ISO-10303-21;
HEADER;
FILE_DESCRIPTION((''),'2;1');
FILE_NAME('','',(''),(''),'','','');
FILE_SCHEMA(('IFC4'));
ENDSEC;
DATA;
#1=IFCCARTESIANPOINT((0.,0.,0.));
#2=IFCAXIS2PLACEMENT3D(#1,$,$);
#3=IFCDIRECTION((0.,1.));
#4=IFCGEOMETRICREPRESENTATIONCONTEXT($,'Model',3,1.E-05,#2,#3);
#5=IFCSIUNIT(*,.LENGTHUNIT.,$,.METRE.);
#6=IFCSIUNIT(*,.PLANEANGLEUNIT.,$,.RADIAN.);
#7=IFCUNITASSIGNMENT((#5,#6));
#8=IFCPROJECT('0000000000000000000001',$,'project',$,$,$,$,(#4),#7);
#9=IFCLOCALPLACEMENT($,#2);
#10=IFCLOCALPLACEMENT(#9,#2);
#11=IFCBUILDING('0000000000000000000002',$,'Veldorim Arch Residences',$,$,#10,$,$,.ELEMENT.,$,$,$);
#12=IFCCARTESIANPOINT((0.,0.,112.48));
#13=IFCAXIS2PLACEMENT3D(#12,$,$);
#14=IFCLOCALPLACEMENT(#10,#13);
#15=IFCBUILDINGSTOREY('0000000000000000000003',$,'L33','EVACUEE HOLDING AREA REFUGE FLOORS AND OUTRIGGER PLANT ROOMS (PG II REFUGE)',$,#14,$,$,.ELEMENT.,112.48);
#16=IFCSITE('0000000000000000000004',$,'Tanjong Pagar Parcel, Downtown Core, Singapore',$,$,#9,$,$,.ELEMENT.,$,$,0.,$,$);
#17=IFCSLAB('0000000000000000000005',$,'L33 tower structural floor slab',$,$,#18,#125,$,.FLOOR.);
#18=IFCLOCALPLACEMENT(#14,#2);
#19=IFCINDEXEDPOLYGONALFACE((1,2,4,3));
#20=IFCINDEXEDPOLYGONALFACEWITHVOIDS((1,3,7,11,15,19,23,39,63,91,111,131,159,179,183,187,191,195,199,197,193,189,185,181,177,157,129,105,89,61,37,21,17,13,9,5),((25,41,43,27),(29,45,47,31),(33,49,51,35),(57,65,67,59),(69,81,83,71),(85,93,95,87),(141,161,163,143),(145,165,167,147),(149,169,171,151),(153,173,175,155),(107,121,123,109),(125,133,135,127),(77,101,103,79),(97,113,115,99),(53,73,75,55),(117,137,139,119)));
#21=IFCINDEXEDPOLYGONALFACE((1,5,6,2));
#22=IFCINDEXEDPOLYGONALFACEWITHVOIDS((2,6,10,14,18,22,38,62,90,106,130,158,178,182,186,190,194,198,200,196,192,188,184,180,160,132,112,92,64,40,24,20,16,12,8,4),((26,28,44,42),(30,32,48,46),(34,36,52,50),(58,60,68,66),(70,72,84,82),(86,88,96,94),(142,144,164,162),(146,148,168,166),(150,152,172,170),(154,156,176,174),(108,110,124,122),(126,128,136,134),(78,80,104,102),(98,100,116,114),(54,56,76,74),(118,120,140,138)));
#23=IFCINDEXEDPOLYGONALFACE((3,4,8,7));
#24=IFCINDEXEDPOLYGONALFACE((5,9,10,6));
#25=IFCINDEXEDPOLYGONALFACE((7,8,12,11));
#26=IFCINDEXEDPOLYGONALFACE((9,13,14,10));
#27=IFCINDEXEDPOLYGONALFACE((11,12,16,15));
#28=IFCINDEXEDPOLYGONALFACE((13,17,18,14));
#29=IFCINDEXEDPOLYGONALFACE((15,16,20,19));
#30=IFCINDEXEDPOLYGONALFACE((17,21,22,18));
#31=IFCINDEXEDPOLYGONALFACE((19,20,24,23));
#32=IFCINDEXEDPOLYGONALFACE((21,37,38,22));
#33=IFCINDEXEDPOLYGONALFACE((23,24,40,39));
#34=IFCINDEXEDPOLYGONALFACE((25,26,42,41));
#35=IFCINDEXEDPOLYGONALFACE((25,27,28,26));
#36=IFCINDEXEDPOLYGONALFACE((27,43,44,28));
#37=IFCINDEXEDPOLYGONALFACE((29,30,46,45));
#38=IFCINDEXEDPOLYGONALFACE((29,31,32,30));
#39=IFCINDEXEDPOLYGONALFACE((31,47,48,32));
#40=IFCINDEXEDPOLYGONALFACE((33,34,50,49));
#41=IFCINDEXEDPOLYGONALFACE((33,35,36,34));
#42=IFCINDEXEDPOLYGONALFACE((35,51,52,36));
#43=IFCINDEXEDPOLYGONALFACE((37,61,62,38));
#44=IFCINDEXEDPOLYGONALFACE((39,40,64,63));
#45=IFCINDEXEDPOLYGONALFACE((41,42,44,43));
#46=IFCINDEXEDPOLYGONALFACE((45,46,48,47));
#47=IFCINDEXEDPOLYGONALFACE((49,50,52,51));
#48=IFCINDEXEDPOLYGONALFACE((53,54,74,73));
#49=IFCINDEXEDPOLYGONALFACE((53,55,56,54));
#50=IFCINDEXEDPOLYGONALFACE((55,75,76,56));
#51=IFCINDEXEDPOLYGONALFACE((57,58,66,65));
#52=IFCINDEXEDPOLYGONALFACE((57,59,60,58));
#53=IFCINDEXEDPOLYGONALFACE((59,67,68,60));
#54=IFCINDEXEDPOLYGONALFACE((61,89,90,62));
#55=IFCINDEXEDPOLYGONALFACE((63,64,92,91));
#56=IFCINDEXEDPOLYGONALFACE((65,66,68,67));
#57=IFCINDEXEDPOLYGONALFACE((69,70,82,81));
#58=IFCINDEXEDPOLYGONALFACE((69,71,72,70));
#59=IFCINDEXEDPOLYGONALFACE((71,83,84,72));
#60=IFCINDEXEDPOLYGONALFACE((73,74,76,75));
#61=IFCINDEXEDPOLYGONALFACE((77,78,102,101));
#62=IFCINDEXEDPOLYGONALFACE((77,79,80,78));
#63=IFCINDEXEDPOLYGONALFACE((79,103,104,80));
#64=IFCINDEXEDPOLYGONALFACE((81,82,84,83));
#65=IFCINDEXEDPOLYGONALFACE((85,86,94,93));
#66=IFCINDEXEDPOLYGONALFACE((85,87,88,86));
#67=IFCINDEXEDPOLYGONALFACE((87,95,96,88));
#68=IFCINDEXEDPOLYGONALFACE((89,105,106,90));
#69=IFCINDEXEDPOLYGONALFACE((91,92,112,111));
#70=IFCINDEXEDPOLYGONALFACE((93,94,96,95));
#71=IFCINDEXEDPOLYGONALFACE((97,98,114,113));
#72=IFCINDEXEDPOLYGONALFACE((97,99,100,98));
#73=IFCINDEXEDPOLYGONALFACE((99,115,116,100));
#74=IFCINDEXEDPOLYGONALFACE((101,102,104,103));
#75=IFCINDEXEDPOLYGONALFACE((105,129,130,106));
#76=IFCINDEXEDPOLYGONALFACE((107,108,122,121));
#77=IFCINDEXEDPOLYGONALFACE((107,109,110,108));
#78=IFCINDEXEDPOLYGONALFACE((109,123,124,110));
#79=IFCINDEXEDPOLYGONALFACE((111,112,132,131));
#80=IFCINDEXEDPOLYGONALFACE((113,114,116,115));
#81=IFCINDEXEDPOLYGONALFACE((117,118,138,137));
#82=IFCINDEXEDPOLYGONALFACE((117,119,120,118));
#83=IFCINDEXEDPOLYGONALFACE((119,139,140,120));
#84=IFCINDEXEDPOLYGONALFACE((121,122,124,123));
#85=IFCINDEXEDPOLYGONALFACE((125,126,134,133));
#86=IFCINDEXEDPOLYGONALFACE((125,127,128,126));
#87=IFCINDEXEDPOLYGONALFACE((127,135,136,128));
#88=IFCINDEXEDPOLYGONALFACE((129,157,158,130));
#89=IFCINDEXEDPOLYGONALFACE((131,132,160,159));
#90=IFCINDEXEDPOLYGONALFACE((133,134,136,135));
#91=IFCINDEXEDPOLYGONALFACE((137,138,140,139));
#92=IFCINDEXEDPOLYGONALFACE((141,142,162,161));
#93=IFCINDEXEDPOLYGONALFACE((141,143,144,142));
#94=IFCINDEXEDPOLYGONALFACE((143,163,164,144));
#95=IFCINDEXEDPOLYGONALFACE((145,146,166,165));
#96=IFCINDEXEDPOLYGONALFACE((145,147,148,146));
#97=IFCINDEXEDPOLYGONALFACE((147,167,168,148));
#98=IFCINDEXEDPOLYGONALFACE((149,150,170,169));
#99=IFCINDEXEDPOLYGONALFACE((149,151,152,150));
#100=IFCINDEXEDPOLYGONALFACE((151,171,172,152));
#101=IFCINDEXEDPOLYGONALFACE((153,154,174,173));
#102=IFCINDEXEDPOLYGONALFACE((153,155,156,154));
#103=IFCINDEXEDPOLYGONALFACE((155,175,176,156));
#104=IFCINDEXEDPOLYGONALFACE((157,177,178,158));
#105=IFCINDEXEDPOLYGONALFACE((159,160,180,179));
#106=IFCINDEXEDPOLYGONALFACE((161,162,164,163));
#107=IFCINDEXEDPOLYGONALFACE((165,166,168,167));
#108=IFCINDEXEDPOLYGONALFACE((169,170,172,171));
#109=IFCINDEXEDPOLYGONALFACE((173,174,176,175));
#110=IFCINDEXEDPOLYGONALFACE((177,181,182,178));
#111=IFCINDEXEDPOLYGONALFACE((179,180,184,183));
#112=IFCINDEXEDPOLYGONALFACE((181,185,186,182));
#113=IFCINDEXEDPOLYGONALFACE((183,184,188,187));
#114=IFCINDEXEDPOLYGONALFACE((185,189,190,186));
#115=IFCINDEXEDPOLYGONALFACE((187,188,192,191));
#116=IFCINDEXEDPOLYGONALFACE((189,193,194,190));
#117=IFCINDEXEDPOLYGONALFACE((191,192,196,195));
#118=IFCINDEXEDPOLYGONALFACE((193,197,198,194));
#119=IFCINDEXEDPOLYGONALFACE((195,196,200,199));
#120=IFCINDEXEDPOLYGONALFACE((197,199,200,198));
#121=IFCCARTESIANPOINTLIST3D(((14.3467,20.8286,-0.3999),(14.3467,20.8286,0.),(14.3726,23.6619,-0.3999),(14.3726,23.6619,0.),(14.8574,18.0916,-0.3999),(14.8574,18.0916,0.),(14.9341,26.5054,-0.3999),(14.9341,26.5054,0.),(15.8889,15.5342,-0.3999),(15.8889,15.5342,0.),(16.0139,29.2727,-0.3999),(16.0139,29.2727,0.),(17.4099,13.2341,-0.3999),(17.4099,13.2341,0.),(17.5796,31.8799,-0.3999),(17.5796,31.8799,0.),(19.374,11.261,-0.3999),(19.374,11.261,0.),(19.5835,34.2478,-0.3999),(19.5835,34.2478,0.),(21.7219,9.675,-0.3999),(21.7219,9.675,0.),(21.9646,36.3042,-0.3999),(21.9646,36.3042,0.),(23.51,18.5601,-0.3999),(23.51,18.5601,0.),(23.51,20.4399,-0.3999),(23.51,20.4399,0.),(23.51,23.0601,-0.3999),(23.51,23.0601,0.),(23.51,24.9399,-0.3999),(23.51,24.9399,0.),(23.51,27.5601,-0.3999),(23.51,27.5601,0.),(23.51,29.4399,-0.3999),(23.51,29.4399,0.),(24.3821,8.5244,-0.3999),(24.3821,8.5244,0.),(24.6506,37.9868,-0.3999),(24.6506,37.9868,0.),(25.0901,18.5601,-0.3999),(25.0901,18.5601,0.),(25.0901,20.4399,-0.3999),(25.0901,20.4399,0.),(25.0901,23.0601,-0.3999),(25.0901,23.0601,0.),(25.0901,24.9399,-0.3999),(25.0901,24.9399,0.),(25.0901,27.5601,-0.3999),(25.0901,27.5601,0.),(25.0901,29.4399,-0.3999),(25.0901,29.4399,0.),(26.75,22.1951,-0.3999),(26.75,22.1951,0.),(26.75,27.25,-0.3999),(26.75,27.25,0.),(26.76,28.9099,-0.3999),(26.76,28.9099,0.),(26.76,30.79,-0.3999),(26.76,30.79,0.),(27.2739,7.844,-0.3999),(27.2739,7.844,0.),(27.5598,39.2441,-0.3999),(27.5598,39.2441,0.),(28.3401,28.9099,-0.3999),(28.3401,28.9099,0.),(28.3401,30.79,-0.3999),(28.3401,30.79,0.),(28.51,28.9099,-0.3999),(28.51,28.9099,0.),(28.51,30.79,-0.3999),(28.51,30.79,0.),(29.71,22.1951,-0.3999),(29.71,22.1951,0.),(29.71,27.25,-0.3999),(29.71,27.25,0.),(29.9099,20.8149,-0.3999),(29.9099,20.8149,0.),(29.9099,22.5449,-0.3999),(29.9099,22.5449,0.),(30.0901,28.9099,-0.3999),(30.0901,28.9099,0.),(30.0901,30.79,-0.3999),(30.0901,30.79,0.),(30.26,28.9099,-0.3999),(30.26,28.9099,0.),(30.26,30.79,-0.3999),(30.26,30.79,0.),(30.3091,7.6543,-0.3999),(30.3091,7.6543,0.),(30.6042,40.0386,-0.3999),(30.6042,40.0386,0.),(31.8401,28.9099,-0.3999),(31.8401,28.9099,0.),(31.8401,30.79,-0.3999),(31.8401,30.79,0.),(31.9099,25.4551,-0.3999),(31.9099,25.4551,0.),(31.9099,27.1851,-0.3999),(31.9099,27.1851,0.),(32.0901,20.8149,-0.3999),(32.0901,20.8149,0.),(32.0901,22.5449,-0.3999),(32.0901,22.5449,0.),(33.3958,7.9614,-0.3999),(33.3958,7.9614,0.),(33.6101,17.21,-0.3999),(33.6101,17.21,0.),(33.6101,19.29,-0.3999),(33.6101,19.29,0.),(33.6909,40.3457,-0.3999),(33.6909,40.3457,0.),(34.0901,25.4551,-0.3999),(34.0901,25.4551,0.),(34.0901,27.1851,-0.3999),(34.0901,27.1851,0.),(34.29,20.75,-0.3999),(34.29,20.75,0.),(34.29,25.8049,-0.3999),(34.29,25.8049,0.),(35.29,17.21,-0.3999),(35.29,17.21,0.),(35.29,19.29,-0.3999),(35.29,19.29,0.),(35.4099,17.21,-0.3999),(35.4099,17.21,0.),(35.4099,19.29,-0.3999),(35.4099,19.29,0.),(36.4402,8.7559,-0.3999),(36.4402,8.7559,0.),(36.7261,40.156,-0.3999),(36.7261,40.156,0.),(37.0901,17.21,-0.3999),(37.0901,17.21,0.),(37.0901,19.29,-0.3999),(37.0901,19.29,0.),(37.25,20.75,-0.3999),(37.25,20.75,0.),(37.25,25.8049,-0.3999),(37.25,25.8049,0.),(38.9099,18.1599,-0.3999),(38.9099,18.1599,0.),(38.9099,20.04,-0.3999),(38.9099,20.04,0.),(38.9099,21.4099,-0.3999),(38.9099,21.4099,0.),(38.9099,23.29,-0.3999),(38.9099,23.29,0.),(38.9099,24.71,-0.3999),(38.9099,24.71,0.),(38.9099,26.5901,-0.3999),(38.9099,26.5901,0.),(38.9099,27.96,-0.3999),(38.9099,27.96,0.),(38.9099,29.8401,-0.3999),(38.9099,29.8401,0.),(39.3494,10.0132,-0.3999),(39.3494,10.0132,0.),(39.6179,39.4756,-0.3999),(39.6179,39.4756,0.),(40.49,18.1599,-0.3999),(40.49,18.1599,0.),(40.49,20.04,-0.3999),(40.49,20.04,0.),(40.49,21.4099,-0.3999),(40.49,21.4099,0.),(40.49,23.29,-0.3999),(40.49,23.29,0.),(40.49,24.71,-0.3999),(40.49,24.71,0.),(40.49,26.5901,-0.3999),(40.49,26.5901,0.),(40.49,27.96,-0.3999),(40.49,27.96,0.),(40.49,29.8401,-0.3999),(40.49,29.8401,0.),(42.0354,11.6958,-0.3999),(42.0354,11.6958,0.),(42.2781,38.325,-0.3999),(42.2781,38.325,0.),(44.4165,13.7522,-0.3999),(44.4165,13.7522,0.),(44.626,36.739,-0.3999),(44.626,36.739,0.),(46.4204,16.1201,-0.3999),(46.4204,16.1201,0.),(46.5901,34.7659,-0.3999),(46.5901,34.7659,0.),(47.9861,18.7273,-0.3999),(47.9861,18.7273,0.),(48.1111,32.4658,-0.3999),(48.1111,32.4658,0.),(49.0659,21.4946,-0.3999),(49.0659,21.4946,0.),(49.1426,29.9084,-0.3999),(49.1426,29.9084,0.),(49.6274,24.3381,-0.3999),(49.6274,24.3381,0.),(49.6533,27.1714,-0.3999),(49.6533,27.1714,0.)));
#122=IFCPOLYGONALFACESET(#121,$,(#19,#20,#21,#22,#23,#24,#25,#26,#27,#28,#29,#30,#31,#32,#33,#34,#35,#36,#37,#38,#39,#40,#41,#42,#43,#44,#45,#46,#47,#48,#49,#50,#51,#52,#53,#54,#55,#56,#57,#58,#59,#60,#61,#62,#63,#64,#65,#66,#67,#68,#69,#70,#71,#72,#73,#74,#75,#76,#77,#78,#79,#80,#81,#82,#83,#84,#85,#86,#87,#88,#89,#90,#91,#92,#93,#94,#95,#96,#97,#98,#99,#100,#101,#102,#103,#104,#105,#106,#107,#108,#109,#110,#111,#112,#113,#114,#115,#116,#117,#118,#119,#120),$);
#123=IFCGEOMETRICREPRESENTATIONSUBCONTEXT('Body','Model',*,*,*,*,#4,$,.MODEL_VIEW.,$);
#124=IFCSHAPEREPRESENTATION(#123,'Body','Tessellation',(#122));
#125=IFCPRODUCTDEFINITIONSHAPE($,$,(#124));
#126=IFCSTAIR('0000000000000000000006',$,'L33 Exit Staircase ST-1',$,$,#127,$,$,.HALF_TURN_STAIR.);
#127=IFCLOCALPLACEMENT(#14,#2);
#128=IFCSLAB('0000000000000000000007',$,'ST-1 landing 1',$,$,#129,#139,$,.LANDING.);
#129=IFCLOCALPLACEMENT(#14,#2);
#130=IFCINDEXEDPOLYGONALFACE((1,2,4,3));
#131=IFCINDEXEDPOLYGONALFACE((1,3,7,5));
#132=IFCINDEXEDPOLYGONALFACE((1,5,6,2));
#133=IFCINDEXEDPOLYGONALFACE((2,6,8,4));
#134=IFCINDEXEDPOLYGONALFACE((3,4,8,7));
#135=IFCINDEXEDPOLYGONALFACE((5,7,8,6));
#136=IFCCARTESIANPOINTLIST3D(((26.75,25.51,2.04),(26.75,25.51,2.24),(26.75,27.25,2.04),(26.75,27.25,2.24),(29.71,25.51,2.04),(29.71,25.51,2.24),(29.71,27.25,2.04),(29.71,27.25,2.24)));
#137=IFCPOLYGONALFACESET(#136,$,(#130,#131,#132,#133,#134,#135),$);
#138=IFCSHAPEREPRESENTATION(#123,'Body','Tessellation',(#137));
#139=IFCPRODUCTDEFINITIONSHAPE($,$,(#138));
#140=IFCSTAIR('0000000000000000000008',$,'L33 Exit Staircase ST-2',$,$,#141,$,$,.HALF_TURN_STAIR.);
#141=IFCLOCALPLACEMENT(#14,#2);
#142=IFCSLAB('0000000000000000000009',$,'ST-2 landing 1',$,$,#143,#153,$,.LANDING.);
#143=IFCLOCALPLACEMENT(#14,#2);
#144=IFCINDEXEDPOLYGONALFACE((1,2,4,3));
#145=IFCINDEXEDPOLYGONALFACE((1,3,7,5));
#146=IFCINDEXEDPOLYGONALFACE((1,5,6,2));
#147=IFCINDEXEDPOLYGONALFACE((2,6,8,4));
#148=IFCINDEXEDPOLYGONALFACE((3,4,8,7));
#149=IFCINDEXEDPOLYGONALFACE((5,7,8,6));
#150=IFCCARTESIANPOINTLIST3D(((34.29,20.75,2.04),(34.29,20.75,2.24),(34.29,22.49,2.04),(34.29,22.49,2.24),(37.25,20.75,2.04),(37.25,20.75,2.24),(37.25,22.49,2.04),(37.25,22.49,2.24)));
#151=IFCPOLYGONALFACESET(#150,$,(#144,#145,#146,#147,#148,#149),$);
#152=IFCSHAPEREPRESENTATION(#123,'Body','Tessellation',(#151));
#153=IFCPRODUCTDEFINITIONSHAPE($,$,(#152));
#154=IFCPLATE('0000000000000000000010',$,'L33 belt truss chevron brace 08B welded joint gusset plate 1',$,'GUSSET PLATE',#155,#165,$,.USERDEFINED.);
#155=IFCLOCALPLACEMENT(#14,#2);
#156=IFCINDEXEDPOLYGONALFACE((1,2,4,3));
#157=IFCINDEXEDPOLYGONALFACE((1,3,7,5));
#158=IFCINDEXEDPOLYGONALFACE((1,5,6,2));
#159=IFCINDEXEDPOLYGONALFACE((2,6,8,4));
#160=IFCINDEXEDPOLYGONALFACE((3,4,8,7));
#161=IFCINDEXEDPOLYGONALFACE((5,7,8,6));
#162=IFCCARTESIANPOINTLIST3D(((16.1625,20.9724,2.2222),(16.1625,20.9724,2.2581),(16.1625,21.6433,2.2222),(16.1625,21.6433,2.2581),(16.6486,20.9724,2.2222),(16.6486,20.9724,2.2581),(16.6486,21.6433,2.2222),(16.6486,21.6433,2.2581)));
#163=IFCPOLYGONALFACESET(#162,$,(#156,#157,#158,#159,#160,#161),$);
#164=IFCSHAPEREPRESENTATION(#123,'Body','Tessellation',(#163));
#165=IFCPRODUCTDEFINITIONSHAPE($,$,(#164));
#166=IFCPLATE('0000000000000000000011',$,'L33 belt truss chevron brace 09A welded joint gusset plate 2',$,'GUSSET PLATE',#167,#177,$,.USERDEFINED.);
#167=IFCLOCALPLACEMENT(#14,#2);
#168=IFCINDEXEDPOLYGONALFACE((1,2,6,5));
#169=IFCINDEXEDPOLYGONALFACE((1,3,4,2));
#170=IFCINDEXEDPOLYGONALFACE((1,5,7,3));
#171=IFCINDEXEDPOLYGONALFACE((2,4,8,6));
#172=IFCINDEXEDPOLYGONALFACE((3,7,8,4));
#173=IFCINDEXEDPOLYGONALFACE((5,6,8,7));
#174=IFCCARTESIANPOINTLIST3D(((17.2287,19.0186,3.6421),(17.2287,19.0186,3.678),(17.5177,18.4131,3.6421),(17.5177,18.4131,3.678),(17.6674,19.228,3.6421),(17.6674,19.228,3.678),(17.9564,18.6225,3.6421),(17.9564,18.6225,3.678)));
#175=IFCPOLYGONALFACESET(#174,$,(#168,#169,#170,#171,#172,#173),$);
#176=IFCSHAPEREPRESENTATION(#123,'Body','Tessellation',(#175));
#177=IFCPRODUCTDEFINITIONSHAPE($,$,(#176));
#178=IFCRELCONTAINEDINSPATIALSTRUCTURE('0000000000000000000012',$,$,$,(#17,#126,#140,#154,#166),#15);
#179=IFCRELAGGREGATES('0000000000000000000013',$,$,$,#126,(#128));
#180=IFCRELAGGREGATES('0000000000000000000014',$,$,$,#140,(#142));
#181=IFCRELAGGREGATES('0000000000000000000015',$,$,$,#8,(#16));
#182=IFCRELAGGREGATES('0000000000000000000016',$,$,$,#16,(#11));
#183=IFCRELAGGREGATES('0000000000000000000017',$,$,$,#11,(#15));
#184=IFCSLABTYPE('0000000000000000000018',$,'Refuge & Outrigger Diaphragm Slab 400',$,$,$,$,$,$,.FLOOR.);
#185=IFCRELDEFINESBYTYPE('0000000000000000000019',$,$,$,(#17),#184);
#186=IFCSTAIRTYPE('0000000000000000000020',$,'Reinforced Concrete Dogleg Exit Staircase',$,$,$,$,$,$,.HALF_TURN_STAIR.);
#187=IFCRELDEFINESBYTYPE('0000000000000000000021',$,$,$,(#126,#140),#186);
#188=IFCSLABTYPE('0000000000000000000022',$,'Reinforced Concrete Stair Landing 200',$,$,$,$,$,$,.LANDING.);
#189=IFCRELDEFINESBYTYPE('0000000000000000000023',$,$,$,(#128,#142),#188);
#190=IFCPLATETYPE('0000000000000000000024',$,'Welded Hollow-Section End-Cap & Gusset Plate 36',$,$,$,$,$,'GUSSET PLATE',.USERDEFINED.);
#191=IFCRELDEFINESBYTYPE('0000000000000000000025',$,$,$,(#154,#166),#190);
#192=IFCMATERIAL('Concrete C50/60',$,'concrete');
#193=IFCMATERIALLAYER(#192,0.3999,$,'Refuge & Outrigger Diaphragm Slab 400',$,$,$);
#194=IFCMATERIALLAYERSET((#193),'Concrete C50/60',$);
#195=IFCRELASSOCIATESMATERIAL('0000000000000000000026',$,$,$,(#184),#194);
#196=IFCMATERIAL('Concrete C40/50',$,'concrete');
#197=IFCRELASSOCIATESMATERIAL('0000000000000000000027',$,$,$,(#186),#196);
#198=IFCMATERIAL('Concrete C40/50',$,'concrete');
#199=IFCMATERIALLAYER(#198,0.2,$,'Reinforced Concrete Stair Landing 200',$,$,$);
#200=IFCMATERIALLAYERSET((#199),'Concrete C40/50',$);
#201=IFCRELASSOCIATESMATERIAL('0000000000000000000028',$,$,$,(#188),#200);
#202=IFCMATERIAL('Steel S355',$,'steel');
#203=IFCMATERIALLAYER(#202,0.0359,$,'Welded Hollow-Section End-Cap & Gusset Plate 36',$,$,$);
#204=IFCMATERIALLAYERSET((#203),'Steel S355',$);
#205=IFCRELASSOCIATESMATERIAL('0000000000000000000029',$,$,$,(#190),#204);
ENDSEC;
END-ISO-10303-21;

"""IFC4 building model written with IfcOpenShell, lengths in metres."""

from ifc_helpers import new_model, si_unit, direction, frame, origin, origin_2d, place, context, subcontext, project, spatial, polyline, rectangle, outline, extrude, material, layer, layer_set, type_object, element, aggregate, save


model = new_model("IFC4")

# Units and contexts
model_context = context("Model", 3, precision=1e-05, world=origin(), true_north=direction((0.0, 1.0)))
body_context = subcontext(model_context, "Body", "Model", "MODEL_VIEW")
ifc_project = project(units=[si_unit("LENGTHUNIT", "METRE"), si_unit("PLANEANGLEUNIT", "RADIAN")], contexts=[model_context])

# Site, building, storey
site_placement = place(None, origin())
site = spatial("IfcSite", under=ifc_project, at=site_placement, Name="Tanjong Pagar Parcel, Downtown Core, Singapore", CompositionType="ELEMENT", RefElevation=0.0)
building_placement = place(site_placement, origin())
building = spatial("IfcBuilding", under=site, at=building_placement, Name="Veldorim Arch Residences", CompositionType="ELEMENT")
storey_placement = place(building_placement, frame((0.0, 0.0, 112.48)))
storey = spatial("IfcBuildingStorey", under=building, at=storey_placement, Name="L33", Description="EVACUEE HOLDING AREA REFUGE FLOORS AND OUTRIGGER PLANT ROOMS (PG II REFUGE)", CompositionType="ELEMENT", Elevation=112.48)

# Slab
ifc_material_1 = material(Name="Concrete C50/60", Category="concrete")
ifc_layer_1 = layer(ifc_material_1, 0.3999, Name="Refuge & Outrigger Diaphragm Slab 400")
ifc_layer_set_1 = layer_set([ifc_layer_1], Name="Concrete C50/60")
slab_type_1 = type_object("IfcSlabType", Name="Refuge & Outrigger Diaphragm Slab 400", PredefinedType="FLOOR", material=ifc_layer_set_1)
slab_1_placement = place(storey_placement, frame((0.0, 0.0, -0.3999)))
element("IfcSlab", 1, at=slab_1_placement, inside=storey, type_object=slab_type_1, Name="L33 tower structural floor slab", PredefinedType="FLOOR", context=body_context, shape_type="SweptSolid", body=[
    extrude(outline(polyline([(48.1111, 32.4658), (46.5901, 34.7659), (44.626, 36.739), (42.2781, 38.325), (39.6179, 39.4756), (36.7261, 40.156), (33.6909, 40.3457), (30.6042, 40.0386), (27.5598, 39.2441), (24.6506, 37.9868), (21.9646, 36.3042), (19.5835, 34.2478), (17.5796, 31.8799), (16.0139, 29.2727), (14.9341, 26.5054), (14.3726, 23.6619), (14.3467, 20.8286), (14.8574, 18.0916), (15.8889, 15.5342), (17.4099, 13.2341), (19.374, 11.261), (21.7219, 9.675), (24.3821, 8.5244), (27.2739, 7.844), (30.3091, 7.6543), (33.3958, 7.9614), (36.4402, 8.7559), (39.3494, 10.0132), (42.0354, 11.6958), (44.4165, 13.7522), (46.4204, 16.1201), (47.9861, 18.7273), (49.0659, 21.4946), (49.6274, 24.3381), (49.6533, 27.1714), (49.1426, 29.9084), (48.1111, 32.4658)]), holes=[polyline([(23.51, 20.4399), (25.0901, 20.4399), (25.0901, 18.5601), (23.51, 18.5601), (23.51, 20.4399)]), polyline([(29.9099, 22.5449), (32.0901, 22.5449), (32.0901, 20.8149), (29.9099, 20.8149), (29.9099, 22.5449)]), polyline([(23.51, 24.9399), (25.0901, 24.9399), (25.0901, 23.0601), (23.51, 23.0601), (23.51, 24.9399)]), polyline([(26.75, 27.25), (29.71, 27.25), (29.71, 22.1951), (26.75, 22.1951), (26.75, 27.25)]), polyline([(23.51, 29.4399), (25.0901, 29.4399), (25.0901, 27.5601), (23.51, 27.5601), (23.51, 29.4399)]), polyline([(26.76, 30.79), (28.3401, 30.79), (28.3401, 28.9099), (26.76, 28.9099), (26.76, 30.79)]), polyline([(28.51, 30.79), (30.0901, 30.79), (30.0901, 28.9099), (28.51, 28.9099), (28.51, 30.79)]), polyline([(30.26, 30.79), (31.8401, 30.79), (31.8401, 28.9099), (30.26, 28.9099), (30.26, 30.79)]), polyline([(33.6101, 19.29), (35.29, 19.29), (35.29, 17.21), (33.6101, 17.21), (33.6101, 19.29)]), polyline([(35.4099, 19.29), (37.0901, 19.29), (37.0901, 17.21), (35.4099, 17.21), (35.4099, 19.29)]), polyline([(38.9099, 20.04), (40.49, 20.04), (40.49, 18.1599), (38.9099, 18.1599), (38.9099, 20.04)]), polyline([(38.9099, 23.29), (40.49, 23.29), (40.49, 21.4099), (38.9099, 21.4099), (38.9099, 23.29)]), polyline([(34.29, 25.8049), (37.25, 25.8049), (37.25, 20.75), (34.29, 20.75), (34.29, 25.8049)]), polyline([(38.9099, 26.5901), (40.49, 26.5901), (40.49, 24.71), (38.9099, 24.71), (38.9099, 26.5901)]), polyline([(31.9099, 27.1851), (34.0901, 27.1851), (34.0901, 25.4551), (31.9099, 25.4551), (31.9099, 27.1851)]), polyline([(38.9099, 29.8401), (40.49, 29.8401), (40.49, 27.96), (38.9099, 27.96), (38.9099, 29.8401)])]), origin(), (0.0, 0.0, 1.0), 0.3999),
])

# Stairs, slabs
ifc_material_2 = material(Name="Concrete C40/50", Category="concrete")
stair_type = type_object("IfcStairType", Name="Reinforced Concrete Dogleg Exit Staircase", PredefinedType="HALF_TURN_STAIR", material=ifc_material_2)
stair_1_placement = place(storey_placement, origin())
stair_1 = element("IfcStair", 2, at=stair_1_placement, inside=storey, type_object=stair_type, Name="L33 Exit Staircase ST-1", PredefinedType="HALF_TURN_STAIR")
ifc_material_3 = material(Name="Concrete C40/50", Category="concrete")
ifc_layer_2 = layer(ifc_material_3, 0.2, Name="Reinforced Concrete Stair Landing 200")
ifc_layer_set_2 = layer_set([ifc_layer_2], Name="Concrete C40/50")
slab_type_2 = type_object("IfcSlabType", Name="Reinforced Concrete Stair Landing 200", PredefinedType="LANDING", material=ifc_layer_set_2)
slab_2_placement = place(storey_placement, frame((0.0, 0.0, 2.04)))
slab_2 = element("IfcSlab", 3, at=slab_2_placement, type_object=slab_type_2, Name="ST-1 landing 1", PredefinedType="LANDING", context=body_context, shape_type="SweptSolid", body=[
    extrude(outline(polyline([(29.71, 25.51), (29.71, 27.25), (26.75, 27.25), (26.75, 25.51), (29.71, 25.51)])), origin(), (0.0, 0.0, 1.0), 0.2),
])
aggregate(stair_1, [slab_2])
stair_2_placement = place(storey_placement, origin())
stair_2 = element("IfcStair", 4, at=stair_2_placement, inside=storey, type_object=stair_type, Name="L33 Exit Staircase ST-2", PredefinedType="HALF_TURN_STAIR")
slab_3_placement = place(storey_placement, frame((0.0, 0.0, 2.04)))
slab_3 = element("IfcSlab", 5, at=slab_3_placement, type_object=slab_type_2, Name="ST-2 landing 1", PredefinedType="LANDING", context=body_context, shape_type="SweptSolid", body=[
    extrude(outline(polyline([(34.29, 22.49), (34.29, 20.75), (37.25, 20.75), (37.25, 22.49), (34.29, 22.49)])), origin(), (0.0, 0.0, 1.0), 0.2),
])
aggregate(stair_2, [slab_3])

# Plates
ifc_material_4 = material(Name="Steel S355", Category="steel")
ifc_layer_3 = layer(ifc_material_4, 0.0359, Name="Welded Hollow-Section End-Cap & Gusset Plate 36")
ifc_layer_set_3 = layer_set([ifc_layer_3], Name="Steel S355")
plate_type = type_object("IfcPlateType", Name="Welded Hollow-Section End-Cap & Gusset Plate 36", ElementType="GUSSET PLATE", PredefinedType="USERDEFINED", material=ifc_layer_set_3)
for number, where, z_axis, x_axis, name in (
    (6, (16.4055, 21.3079, 2.2222), (0.0, 0.0, 1.0), (0.0, 1.0, 0.0), "L33 belt truss chevron brace 08B welded joint gusset plate 1"),
    (7, (17.5925, 18.8206, 3.6421), (0.0, 0.0, 1.0), (0.4307, -0.902495, 0.0), "L33 belt truss chevron brace 09A welded joint gusset plate 2"),
):
    element("IfcPlate", number, at=place(storey_placement, frame(where, z_axis=z_axis, x_axis=x_axis)), inside=storey, type_object=plate_type, Name=name, ObjectType="GUSSET PLATE", PredefinedType="USERDEFINED", context=body_context, shape_type="SweptSolid", body=[
        extrude(rectangle(XDim=0.6709, YDim=0.4861, at=origin_2d()), origin(), (0.0, 0.0, 1.0), 0.0359),
    ])

save(model, "model.ifc")
